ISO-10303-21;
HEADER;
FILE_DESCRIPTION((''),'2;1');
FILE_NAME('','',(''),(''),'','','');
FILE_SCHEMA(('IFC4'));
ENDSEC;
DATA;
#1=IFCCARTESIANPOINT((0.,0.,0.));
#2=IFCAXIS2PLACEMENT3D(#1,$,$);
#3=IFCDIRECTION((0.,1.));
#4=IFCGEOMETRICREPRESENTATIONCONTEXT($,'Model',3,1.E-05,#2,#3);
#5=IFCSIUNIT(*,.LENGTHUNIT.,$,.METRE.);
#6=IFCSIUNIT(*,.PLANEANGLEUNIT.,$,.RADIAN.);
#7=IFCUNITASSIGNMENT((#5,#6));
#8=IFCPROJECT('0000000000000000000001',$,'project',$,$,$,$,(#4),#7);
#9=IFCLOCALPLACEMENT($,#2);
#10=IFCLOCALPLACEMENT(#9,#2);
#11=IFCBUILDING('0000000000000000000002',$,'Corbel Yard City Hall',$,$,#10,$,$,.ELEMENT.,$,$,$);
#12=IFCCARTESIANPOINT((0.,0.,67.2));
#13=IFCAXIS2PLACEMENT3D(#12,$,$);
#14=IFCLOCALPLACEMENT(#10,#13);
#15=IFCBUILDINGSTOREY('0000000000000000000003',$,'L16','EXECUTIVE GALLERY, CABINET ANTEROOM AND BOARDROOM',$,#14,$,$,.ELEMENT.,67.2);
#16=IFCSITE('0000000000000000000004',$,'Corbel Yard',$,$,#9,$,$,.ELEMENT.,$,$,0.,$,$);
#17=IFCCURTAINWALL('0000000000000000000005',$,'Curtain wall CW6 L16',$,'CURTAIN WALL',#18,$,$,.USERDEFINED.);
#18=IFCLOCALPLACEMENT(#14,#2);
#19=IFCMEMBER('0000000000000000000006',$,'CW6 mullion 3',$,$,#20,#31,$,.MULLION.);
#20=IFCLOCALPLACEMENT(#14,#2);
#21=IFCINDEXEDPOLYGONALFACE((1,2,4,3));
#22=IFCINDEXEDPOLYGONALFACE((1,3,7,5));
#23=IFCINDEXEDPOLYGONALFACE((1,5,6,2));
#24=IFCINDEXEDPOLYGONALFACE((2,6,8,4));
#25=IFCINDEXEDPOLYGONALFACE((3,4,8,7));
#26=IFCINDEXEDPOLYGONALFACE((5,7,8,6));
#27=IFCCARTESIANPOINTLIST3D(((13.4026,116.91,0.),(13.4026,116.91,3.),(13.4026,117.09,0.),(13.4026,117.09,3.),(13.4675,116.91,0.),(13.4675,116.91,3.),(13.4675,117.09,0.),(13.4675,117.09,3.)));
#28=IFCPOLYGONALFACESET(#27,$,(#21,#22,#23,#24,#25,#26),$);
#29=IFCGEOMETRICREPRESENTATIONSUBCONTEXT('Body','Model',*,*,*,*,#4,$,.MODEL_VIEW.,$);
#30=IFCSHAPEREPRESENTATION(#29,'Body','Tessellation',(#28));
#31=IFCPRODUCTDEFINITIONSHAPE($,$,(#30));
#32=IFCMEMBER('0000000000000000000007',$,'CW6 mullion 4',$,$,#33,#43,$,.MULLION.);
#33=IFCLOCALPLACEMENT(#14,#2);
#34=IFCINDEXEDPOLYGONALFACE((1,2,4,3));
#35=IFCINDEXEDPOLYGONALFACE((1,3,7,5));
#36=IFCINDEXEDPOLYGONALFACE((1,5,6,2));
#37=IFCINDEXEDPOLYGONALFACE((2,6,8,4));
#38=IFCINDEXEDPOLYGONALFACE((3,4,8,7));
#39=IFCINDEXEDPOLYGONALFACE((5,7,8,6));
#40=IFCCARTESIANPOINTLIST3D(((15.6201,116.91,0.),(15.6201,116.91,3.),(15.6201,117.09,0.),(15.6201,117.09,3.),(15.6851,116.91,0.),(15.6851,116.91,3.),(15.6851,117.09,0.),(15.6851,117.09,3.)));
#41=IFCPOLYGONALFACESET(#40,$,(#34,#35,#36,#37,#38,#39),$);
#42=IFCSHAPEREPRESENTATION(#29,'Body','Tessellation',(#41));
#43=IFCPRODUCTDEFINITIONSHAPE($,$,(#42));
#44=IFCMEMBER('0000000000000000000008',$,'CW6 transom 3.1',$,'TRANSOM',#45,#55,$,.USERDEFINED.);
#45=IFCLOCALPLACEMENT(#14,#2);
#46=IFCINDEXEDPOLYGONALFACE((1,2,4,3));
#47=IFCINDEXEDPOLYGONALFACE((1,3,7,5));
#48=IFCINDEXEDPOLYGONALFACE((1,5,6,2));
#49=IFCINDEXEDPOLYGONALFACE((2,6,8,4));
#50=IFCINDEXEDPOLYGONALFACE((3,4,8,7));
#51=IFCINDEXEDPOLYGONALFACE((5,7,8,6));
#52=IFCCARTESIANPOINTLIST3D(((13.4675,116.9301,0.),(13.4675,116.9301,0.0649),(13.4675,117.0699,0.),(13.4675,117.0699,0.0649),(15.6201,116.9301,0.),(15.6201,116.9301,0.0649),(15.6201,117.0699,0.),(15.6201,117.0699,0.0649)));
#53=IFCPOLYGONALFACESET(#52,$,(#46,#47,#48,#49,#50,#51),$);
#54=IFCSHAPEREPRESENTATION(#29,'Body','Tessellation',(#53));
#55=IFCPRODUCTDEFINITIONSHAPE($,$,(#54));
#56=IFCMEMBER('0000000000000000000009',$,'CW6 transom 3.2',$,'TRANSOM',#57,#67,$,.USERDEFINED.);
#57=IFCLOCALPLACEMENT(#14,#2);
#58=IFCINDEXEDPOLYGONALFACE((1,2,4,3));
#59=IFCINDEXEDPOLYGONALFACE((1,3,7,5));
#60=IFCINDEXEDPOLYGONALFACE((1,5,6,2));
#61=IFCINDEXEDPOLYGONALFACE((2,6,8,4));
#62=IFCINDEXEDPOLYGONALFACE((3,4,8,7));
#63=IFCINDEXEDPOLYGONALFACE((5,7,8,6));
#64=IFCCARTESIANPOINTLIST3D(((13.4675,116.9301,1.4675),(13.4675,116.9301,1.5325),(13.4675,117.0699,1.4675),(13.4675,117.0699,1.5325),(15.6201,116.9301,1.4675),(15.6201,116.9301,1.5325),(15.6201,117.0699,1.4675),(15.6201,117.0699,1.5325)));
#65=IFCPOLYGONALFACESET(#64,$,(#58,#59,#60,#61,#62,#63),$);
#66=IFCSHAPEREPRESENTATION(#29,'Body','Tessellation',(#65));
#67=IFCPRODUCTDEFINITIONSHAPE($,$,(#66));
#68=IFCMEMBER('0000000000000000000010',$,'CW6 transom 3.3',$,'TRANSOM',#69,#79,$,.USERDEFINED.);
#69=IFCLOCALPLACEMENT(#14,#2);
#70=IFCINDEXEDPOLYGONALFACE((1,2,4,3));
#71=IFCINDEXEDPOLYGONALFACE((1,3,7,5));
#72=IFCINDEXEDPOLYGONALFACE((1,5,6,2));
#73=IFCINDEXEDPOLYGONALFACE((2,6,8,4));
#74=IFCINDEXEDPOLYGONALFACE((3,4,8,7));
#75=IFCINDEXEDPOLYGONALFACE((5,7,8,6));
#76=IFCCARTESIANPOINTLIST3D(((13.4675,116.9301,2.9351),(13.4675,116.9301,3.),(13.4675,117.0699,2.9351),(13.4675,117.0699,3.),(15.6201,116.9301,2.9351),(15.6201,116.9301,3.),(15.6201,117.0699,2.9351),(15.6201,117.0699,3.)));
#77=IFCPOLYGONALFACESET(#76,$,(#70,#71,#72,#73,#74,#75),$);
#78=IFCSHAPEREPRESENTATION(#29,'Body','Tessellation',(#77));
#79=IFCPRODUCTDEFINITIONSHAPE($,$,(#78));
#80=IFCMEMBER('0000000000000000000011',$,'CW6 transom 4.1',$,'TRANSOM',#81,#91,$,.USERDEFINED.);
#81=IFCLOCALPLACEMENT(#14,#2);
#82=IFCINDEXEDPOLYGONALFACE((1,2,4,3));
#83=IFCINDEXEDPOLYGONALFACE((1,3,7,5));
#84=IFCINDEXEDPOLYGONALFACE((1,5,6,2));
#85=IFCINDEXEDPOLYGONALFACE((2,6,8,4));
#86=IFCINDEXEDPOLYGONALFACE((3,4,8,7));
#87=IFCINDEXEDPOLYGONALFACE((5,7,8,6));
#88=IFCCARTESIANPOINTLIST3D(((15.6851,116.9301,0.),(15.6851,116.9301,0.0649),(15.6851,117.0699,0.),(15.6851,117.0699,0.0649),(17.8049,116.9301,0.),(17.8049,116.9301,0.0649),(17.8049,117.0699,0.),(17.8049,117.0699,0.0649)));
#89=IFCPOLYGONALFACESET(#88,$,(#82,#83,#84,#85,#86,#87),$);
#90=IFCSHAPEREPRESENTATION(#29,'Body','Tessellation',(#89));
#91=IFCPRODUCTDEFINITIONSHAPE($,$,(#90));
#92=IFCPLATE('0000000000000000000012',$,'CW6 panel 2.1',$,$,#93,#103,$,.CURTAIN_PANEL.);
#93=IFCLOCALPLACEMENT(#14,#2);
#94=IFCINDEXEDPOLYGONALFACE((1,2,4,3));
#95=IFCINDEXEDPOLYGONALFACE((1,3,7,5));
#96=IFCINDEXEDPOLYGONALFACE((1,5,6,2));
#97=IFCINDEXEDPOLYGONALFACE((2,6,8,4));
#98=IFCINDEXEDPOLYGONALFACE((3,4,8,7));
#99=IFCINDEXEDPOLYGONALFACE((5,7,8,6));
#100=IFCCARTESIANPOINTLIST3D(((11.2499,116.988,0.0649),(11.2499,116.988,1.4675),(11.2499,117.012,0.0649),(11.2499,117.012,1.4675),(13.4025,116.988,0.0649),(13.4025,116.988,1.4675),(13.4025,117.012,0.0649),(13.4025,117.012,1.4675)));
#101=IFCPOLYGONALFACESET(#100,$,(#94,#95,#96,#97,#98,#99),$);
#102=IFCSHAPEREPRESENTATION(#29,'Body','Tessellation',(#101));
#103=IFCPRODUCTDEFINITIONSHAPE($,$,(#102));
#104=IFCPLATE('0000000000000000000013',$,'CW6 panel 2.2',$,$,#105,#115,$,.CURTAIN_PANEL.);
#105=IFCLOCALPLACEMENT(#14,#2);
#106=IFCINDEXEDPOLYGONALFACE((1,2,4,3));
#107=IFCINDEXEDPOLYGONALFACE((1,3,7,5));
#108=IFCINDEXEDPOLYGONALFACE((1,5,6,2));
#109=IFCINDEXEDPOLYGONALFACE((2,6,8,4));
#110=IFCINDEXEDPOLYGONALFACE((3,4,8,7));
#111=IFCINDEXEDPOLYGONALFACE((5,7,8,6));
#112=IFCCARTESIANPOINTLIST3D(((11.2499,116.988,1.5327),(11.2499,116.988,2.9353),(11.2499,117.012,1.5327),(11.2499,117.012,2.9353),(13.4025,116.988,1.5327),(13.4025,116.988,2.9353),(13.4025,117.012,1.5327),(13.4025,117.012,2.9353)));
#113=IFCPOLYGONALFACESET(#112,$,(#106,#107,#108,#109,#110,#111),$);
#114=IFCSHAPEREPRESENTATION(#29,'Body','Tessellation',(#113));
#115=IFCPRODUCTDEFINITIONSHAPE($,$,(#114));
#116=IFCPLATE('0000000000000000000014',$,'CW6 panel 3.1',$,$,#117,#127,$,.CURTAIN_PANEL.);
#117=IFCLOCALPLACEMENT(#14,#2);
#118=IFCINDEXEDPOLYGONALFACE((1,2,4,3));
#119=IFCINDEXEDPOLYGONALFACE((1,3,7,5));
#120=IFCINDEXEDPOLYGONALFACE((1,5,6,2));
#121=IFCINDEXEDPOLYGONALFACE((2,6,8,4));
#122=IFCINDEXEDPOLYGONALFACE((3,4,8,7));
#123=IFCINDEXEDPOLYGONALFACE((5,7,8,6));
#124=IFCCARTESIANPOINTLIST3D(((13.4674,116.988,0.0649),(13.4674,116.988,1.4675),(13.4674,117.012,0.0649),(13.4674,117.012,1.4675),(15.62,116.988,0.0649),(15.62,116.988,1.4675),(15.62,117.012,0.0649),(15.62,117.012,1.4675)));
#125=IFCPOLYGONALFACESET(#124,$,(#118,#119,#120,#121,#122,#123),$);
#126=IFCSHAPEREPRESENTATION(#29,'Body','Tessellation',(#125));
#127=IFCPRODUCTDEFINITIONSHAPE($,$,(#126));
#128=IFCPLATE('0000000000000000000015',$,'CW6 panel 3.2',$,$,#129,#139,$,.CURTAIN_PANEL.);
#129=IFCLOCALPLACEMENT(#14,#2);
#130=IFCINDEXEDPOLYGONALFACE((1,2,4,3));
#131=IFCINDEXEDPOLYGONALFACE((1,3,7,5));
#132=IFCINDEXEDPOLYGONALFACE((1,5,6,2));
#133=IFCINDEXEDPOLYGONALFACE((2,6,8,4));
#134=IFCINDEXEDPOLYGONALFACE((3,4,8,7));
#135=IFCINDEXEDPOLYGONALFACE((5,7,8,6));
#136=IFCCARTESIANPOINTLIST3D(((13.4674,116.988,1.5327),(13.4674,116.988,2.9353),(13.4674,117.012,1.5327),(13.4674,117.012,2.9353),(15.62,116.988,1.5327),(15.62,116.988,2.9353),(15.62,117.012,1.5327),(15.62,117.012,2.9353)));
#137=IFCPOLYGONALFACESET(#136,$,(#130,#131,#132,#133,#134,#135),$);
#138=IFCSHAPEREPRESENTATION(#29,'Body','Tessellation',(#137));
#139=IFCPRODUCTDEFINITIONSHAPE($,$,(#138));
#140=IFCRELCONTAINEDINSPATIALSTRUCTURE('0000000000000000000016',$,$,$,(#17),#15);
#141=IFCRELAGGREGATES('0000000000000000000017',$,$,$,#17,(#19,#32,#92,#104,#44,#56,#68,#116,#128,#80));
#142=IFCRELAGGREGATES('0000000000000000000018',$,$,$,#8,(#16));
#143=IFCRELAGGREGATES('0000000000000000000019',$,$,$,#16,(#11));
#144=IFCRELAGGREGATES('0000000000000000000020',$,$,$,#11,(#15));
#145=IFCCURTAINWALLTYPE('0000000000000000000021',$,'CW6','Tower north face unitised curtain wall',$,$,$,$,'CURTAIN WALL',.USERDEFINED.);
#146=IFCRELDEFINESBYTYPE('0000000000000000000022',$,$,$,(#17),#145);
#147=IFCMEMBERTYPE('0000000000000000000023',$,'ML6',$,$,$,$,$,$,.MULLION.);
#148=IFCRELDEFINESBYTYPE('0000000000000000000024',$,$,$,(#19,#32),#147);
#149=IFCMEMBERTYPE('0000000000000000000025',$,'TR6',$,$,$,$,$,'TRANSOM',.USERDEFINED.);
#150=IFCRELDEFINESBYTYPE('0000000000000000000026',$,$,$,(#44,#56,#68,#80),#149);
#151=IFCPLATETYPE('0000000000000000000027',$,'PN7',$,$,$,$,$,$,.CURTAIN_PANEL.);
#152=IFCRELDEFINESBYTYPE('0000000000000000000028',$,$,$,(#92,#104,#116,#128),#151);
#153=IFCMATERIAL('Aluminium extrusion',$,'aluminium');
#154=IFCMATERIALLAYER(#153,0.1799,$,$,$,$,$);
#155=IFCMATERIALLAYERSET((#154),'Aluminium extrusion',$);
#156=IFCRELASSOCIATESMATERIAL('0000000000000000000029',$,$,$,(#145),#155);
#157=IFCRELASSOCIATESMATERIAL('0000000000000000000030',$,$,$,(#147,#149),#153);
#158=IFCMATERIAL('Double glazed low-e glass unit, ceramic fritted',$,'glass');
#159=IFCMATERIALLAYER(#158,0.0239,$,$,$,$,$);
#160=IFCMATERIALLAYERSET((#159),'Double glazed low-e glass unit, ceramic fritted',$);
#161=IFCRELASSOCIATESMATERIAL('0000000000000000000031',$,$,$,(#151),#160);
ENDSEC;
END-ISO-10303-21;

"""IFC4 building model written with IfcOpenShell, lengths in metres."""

from ifc_helpers import new_model, si_unit, direction, frame, origin, origin_2d, place, context, subcontext, project, spatial, rectangle, extrude, material, layer, layer_set, material_profile, profile_set, type_object, element, aggregate, save


model = new_model("IFC4")

# Units and contexts
model_context = context("Model", 3, precision=1e-05, world=origin(), true_north=direction((0.0, 1.0)))
body_context = subcontext(model_context, "Body", "Model", "MODEL_VIEW")
ifc_project = project(units=[si_unit("LENGTHUNIT", "METRE"), si_unit("PLANEANGLEUNIT", "RADIAN")], contexts=[model_context])

# Site, building, storey
site_placement = place(None, origin())
site = spatial("IfcSite", under=ifc_project, at=site_placement, Name="Corbel Yard", CompositionType="ELEMENT", RefElevation=0.0)
building_placement = place(site_placement, origin())
building = spatial("IfcBuilding", under=site, at=building_placement, Name="Corbel Yard City Hall", CompositionType="ELEMENT")
storey_placement = place(building_placement, frame((0.0, 0.0, 67.2)))
storey = spatial("IfcBuildingStorey", under=building, at=storey_placement, Name="L16", Description="EXECUTIVE GALLERY, CABINET ANTEROOM AND BOARDROOM", CompositionType="ELEMENT", Elevation=67.2)

# Curtain wall, members, plates
ifc_material_1 = material(Name="Aluminium extrusion", Category="aluminium")
ifc_layer_1 = layer(ifc_material_1, 0.1799)
ifc_layer_set_1 = layer_set([ifc_layer_1], Name="Aluminium extrusion")
curtain_wall_type = type_object("IfcCurtainWallType", Name="CW6", Description="Tower north face unitised curtain wall", ElementType="CURTAIN WALL", PredefinedType="USERDEFINED", material=ifc_layer_set_1)
curtain_wall_placement = place(storey_placement, origin())
curtain_wall = element("IfcCurtainWall", 1, at=curtain_wall_placement, inside=storey, type_object=curtain_wall_type, Name="Curtain wall CW6 L16", ObjectType="CURTAIN WALL", PredefinedType="USERDEFINED")
ifc_material_profile_1 = material_profile(ifc_material_1, rectangle(XDim=0.1799, YDim=0.0649, at=origin_2d()), Name="180x65")
ifc_profile_set_1 = profile_set([ifc_material_profile_1], Name="Aluminium extrusion")
member_type_1 = type_object("IfcMemberType", Name="ML6", PredefinedType="MULLION", material=ifc_profile_set_1)
member_1_placement = place(storey_placement, frame((13.4351, 117.0, 0.0), z_axis=(0.0, 0.0, 1.0), x_axis=(0.0, 1.0, 0.0)))
member_1 = element("IfcMember", 2, at=member_1_placement, type_object=member_type_1, Name="CW6 mullion 3", PredefinedType="MULLION", context=body_context, shape_type="SweptSolid", body=[
    extrude(rectangle(XDim=0.1799, YDim=0.0649, at=origin_2d()), origin(), (0.0, 0.0, 1.0), 3.0),
])
member_2_placement = place(storey_placement, frame((15.6526, 117.0, 0.0), z_axis=(0.0, 0.0, 1.0), x_axis=(0.0, 1.0, 0.0)))
member_2 = element("IfcMember", 3, at=member_2_placement, type_object=member_type_1, Name="CW6 mullion 4", PredefinedType="MULLION", context=body_context, shape_type="SweptSolid", body=[
    extrude(rectangle(XDim=0.1799, YDim=0.0649, at=origin_2d()), origin(), (0.0, 0.0, 1.0), 3.0),
])
ifc_material_profile_2 = material_profile(ifc_material_1, rectangle(XDim=0.1399, YDim=0.0649, at=origin_2d()), Name="140x65")
ifc_profile_set_2 = profile_set([ifc_material_profile_2], Name="Aluminium extrusion")
member_type_2 = type_object("IfcMemberType", Name="TR6", ElementType="TRANSOM", PredefinedType="USERDEFINED", material=ifc_profile_set_2)
member_3_placement = place(storey_placement, frame((13.4675, 117.0, 0.0325), z_axis=(1.0, 0.0, 0.0), x_axis=(0.0, 1.0, 0.0)))
member_3 = element("IfcMember", 4, at=member_3_placement, type_object=member_type_2, Name="CW6 transom 3.1", ObjectType="TRANSOM", PredefinedType="USERDEFINED", context=body_context, shape_type="SweptSolid", body=[
    extrude(rectangle(XDim=0.1399, YDim=0.0649, at=origin_2d()), origin(), (0.0, 0.0, 1.0), 2.1526),
])
member_4_placement = place(storey_placement, frame((13.4675, 117.0, 1.5), z_axis=(1.0, 0.0, 0.0), x_axis=(0.0, 1.0, 0.0)))
member_4 = element("IfcMember", 5, at=member_4_placement, type_object=member_type_2, Name="CW6 transom 3.2", ObjectType="TRANSOM", PredefinedType="USERDEFINED", context=body_context, shape_type="SweptSolid", body=[
    extrude(rectangle(XDim=0.1399, YDim=0.0649, at=origin_2d()), origin(), (0.0, 0.0, 1.0), 2.1526),
])
member_5_placement = place(storey_placement, frame((13.4675, 117.0, 2.9675), z_axis=(1.0, 0.0, 0.0), x_axis=(0.0, 1.0, 0.0)))
member_5 = element("IfcMember", 6, at=member_5_placement, type_object=member_type_2, Name="CW6 transom 3.3", ObjectType="TRANSOM", PredefinedType="USERDEFINED", context=body_context, shape_type="SweptSolid", body=[
    extrude(rectangle(XDim=0.1399, YDim=0.0649, at=origin_2d()), origin(), (0.0, 0.0, 1.0), 2.1526),
])
member_6_placement = place(storey_placement, frame((15.6851, 117.0, 0.0325), z_axis=(1.0, 0.0, 0.0), x_axis=(0.0, 1.0, 0.0)))
member_6 = element("IfcMember", 7, at=member_6_placement, type_object=member_type_2, Name="CW6 transom 4.1", ObjectType="TRANSOM", PredefinedType="USERDEFINED", context=body_context, shape_type="SweptSolid", body=[
    extrude(rectangle(XDim=0.1399, YDim=0.0649, at=origin_2d()), origin(), (0.0, 0.0, 1.0), 2.1199),
])
ifc_material_2 = material(Name="Double glazed low-e glass unit, ceramic fritted", Category="glass")
ifc_layer_2 = layer(ifc_material_2, 0.0239)
ifc_layer_set_2 = layer_set([ifc_layer_2], Name="Double glazed low-e glass unit, ceramic fritted")
plate_type = type_object("IfcPlateType", Name="PN7", PredefinedType="CURTAIN_PANEL", material=ifc_layer_set_2)
plate_1_placement = place(storey_placement, frame((12.3262, 117.0, 0.0649), z_axis=(0.0, 0.0, 1.0), x_axis=(1.0, 0.0, 0.0)))
plate_1 = element("IfcPlate", 8, at=plate_1_placement, type_object=plate_type, Name="CW6 panel 2.1", PredefinedType="CURTAIN_PANEL", context=body_context, shape_type="SweptSolid", body=[
    extrude(rectangle(XDim=2.1526, YDim=0.0239, at=origin_2d()), origin(), (0.0, 0.0, 1.0), 1.4026),
])
plate_2_placement = place(storey_placement, frame((12.3262, 117.0, 1.5327), z_axis=(0.0, 0.0, 1.0), x_axis=(1.0, 0.0, 0.0)))
plate_2 = element("IfcPlate", 9, at=plate_2_placement, type_object=plate_type, Name="CW6 panel 2.2", PredefinedType="CURTAIN_PANEL", context=body_context, shape_type="SweptSolid", body=[
    extrude(rectangle(XDim=2.1526, YDim=0.0239, at=origin_2d()), origin(), (0.0, 0.0, 1.0), 1.4026),
])
plate_3_placement = place(storey_placement, frame((14.5437, 117.0, 0.0649), z_axis=(0.0, 0.0, 1.0), x_axis=(1.0, 0.0, 0.0)))
plate_3 = element("IfcPlate", 10, at=plate_3_placement, type_object=plate_type, Name="CW6 panel 3.1", PredefinedType="CURTAIN_PANEL", context=body_context, shape_type="SweptSolid", body=[
    extrude(rectangle(XDim=2.1526, YDim=0.0239, at=origin_2d()), origin(), (0.0, 0.0, 1.0), 1.4026),
])
plate_4_placement = place(storey_placement, frame((14.5437, 117.0, 1.5327), z_axis=(0.0, 0.0, 1.0), x_axis=(1.0, 0.0, 0.0)))
plate_4 = element("IfcPlate", 11, at=plate_4_placement, type_object=plate_type, Name="CW6 panel 3.2", PredefinedType="CURTAIN_PANEL", context=body_context, shape_type="SweptSolid", body=[
    extrude(rectangle(XDim=2.1526, YDim=0.0239, at=origin_2d()), origin(), (0.0, 0.0, 1.0), 1.4026),
])
aggregate(curtain_wall, [member_1, member_2, plate_1, plate_2, member_3, member_4, member_5, plate_3, plate_4, member_6])

save(model, "model.ifc")
